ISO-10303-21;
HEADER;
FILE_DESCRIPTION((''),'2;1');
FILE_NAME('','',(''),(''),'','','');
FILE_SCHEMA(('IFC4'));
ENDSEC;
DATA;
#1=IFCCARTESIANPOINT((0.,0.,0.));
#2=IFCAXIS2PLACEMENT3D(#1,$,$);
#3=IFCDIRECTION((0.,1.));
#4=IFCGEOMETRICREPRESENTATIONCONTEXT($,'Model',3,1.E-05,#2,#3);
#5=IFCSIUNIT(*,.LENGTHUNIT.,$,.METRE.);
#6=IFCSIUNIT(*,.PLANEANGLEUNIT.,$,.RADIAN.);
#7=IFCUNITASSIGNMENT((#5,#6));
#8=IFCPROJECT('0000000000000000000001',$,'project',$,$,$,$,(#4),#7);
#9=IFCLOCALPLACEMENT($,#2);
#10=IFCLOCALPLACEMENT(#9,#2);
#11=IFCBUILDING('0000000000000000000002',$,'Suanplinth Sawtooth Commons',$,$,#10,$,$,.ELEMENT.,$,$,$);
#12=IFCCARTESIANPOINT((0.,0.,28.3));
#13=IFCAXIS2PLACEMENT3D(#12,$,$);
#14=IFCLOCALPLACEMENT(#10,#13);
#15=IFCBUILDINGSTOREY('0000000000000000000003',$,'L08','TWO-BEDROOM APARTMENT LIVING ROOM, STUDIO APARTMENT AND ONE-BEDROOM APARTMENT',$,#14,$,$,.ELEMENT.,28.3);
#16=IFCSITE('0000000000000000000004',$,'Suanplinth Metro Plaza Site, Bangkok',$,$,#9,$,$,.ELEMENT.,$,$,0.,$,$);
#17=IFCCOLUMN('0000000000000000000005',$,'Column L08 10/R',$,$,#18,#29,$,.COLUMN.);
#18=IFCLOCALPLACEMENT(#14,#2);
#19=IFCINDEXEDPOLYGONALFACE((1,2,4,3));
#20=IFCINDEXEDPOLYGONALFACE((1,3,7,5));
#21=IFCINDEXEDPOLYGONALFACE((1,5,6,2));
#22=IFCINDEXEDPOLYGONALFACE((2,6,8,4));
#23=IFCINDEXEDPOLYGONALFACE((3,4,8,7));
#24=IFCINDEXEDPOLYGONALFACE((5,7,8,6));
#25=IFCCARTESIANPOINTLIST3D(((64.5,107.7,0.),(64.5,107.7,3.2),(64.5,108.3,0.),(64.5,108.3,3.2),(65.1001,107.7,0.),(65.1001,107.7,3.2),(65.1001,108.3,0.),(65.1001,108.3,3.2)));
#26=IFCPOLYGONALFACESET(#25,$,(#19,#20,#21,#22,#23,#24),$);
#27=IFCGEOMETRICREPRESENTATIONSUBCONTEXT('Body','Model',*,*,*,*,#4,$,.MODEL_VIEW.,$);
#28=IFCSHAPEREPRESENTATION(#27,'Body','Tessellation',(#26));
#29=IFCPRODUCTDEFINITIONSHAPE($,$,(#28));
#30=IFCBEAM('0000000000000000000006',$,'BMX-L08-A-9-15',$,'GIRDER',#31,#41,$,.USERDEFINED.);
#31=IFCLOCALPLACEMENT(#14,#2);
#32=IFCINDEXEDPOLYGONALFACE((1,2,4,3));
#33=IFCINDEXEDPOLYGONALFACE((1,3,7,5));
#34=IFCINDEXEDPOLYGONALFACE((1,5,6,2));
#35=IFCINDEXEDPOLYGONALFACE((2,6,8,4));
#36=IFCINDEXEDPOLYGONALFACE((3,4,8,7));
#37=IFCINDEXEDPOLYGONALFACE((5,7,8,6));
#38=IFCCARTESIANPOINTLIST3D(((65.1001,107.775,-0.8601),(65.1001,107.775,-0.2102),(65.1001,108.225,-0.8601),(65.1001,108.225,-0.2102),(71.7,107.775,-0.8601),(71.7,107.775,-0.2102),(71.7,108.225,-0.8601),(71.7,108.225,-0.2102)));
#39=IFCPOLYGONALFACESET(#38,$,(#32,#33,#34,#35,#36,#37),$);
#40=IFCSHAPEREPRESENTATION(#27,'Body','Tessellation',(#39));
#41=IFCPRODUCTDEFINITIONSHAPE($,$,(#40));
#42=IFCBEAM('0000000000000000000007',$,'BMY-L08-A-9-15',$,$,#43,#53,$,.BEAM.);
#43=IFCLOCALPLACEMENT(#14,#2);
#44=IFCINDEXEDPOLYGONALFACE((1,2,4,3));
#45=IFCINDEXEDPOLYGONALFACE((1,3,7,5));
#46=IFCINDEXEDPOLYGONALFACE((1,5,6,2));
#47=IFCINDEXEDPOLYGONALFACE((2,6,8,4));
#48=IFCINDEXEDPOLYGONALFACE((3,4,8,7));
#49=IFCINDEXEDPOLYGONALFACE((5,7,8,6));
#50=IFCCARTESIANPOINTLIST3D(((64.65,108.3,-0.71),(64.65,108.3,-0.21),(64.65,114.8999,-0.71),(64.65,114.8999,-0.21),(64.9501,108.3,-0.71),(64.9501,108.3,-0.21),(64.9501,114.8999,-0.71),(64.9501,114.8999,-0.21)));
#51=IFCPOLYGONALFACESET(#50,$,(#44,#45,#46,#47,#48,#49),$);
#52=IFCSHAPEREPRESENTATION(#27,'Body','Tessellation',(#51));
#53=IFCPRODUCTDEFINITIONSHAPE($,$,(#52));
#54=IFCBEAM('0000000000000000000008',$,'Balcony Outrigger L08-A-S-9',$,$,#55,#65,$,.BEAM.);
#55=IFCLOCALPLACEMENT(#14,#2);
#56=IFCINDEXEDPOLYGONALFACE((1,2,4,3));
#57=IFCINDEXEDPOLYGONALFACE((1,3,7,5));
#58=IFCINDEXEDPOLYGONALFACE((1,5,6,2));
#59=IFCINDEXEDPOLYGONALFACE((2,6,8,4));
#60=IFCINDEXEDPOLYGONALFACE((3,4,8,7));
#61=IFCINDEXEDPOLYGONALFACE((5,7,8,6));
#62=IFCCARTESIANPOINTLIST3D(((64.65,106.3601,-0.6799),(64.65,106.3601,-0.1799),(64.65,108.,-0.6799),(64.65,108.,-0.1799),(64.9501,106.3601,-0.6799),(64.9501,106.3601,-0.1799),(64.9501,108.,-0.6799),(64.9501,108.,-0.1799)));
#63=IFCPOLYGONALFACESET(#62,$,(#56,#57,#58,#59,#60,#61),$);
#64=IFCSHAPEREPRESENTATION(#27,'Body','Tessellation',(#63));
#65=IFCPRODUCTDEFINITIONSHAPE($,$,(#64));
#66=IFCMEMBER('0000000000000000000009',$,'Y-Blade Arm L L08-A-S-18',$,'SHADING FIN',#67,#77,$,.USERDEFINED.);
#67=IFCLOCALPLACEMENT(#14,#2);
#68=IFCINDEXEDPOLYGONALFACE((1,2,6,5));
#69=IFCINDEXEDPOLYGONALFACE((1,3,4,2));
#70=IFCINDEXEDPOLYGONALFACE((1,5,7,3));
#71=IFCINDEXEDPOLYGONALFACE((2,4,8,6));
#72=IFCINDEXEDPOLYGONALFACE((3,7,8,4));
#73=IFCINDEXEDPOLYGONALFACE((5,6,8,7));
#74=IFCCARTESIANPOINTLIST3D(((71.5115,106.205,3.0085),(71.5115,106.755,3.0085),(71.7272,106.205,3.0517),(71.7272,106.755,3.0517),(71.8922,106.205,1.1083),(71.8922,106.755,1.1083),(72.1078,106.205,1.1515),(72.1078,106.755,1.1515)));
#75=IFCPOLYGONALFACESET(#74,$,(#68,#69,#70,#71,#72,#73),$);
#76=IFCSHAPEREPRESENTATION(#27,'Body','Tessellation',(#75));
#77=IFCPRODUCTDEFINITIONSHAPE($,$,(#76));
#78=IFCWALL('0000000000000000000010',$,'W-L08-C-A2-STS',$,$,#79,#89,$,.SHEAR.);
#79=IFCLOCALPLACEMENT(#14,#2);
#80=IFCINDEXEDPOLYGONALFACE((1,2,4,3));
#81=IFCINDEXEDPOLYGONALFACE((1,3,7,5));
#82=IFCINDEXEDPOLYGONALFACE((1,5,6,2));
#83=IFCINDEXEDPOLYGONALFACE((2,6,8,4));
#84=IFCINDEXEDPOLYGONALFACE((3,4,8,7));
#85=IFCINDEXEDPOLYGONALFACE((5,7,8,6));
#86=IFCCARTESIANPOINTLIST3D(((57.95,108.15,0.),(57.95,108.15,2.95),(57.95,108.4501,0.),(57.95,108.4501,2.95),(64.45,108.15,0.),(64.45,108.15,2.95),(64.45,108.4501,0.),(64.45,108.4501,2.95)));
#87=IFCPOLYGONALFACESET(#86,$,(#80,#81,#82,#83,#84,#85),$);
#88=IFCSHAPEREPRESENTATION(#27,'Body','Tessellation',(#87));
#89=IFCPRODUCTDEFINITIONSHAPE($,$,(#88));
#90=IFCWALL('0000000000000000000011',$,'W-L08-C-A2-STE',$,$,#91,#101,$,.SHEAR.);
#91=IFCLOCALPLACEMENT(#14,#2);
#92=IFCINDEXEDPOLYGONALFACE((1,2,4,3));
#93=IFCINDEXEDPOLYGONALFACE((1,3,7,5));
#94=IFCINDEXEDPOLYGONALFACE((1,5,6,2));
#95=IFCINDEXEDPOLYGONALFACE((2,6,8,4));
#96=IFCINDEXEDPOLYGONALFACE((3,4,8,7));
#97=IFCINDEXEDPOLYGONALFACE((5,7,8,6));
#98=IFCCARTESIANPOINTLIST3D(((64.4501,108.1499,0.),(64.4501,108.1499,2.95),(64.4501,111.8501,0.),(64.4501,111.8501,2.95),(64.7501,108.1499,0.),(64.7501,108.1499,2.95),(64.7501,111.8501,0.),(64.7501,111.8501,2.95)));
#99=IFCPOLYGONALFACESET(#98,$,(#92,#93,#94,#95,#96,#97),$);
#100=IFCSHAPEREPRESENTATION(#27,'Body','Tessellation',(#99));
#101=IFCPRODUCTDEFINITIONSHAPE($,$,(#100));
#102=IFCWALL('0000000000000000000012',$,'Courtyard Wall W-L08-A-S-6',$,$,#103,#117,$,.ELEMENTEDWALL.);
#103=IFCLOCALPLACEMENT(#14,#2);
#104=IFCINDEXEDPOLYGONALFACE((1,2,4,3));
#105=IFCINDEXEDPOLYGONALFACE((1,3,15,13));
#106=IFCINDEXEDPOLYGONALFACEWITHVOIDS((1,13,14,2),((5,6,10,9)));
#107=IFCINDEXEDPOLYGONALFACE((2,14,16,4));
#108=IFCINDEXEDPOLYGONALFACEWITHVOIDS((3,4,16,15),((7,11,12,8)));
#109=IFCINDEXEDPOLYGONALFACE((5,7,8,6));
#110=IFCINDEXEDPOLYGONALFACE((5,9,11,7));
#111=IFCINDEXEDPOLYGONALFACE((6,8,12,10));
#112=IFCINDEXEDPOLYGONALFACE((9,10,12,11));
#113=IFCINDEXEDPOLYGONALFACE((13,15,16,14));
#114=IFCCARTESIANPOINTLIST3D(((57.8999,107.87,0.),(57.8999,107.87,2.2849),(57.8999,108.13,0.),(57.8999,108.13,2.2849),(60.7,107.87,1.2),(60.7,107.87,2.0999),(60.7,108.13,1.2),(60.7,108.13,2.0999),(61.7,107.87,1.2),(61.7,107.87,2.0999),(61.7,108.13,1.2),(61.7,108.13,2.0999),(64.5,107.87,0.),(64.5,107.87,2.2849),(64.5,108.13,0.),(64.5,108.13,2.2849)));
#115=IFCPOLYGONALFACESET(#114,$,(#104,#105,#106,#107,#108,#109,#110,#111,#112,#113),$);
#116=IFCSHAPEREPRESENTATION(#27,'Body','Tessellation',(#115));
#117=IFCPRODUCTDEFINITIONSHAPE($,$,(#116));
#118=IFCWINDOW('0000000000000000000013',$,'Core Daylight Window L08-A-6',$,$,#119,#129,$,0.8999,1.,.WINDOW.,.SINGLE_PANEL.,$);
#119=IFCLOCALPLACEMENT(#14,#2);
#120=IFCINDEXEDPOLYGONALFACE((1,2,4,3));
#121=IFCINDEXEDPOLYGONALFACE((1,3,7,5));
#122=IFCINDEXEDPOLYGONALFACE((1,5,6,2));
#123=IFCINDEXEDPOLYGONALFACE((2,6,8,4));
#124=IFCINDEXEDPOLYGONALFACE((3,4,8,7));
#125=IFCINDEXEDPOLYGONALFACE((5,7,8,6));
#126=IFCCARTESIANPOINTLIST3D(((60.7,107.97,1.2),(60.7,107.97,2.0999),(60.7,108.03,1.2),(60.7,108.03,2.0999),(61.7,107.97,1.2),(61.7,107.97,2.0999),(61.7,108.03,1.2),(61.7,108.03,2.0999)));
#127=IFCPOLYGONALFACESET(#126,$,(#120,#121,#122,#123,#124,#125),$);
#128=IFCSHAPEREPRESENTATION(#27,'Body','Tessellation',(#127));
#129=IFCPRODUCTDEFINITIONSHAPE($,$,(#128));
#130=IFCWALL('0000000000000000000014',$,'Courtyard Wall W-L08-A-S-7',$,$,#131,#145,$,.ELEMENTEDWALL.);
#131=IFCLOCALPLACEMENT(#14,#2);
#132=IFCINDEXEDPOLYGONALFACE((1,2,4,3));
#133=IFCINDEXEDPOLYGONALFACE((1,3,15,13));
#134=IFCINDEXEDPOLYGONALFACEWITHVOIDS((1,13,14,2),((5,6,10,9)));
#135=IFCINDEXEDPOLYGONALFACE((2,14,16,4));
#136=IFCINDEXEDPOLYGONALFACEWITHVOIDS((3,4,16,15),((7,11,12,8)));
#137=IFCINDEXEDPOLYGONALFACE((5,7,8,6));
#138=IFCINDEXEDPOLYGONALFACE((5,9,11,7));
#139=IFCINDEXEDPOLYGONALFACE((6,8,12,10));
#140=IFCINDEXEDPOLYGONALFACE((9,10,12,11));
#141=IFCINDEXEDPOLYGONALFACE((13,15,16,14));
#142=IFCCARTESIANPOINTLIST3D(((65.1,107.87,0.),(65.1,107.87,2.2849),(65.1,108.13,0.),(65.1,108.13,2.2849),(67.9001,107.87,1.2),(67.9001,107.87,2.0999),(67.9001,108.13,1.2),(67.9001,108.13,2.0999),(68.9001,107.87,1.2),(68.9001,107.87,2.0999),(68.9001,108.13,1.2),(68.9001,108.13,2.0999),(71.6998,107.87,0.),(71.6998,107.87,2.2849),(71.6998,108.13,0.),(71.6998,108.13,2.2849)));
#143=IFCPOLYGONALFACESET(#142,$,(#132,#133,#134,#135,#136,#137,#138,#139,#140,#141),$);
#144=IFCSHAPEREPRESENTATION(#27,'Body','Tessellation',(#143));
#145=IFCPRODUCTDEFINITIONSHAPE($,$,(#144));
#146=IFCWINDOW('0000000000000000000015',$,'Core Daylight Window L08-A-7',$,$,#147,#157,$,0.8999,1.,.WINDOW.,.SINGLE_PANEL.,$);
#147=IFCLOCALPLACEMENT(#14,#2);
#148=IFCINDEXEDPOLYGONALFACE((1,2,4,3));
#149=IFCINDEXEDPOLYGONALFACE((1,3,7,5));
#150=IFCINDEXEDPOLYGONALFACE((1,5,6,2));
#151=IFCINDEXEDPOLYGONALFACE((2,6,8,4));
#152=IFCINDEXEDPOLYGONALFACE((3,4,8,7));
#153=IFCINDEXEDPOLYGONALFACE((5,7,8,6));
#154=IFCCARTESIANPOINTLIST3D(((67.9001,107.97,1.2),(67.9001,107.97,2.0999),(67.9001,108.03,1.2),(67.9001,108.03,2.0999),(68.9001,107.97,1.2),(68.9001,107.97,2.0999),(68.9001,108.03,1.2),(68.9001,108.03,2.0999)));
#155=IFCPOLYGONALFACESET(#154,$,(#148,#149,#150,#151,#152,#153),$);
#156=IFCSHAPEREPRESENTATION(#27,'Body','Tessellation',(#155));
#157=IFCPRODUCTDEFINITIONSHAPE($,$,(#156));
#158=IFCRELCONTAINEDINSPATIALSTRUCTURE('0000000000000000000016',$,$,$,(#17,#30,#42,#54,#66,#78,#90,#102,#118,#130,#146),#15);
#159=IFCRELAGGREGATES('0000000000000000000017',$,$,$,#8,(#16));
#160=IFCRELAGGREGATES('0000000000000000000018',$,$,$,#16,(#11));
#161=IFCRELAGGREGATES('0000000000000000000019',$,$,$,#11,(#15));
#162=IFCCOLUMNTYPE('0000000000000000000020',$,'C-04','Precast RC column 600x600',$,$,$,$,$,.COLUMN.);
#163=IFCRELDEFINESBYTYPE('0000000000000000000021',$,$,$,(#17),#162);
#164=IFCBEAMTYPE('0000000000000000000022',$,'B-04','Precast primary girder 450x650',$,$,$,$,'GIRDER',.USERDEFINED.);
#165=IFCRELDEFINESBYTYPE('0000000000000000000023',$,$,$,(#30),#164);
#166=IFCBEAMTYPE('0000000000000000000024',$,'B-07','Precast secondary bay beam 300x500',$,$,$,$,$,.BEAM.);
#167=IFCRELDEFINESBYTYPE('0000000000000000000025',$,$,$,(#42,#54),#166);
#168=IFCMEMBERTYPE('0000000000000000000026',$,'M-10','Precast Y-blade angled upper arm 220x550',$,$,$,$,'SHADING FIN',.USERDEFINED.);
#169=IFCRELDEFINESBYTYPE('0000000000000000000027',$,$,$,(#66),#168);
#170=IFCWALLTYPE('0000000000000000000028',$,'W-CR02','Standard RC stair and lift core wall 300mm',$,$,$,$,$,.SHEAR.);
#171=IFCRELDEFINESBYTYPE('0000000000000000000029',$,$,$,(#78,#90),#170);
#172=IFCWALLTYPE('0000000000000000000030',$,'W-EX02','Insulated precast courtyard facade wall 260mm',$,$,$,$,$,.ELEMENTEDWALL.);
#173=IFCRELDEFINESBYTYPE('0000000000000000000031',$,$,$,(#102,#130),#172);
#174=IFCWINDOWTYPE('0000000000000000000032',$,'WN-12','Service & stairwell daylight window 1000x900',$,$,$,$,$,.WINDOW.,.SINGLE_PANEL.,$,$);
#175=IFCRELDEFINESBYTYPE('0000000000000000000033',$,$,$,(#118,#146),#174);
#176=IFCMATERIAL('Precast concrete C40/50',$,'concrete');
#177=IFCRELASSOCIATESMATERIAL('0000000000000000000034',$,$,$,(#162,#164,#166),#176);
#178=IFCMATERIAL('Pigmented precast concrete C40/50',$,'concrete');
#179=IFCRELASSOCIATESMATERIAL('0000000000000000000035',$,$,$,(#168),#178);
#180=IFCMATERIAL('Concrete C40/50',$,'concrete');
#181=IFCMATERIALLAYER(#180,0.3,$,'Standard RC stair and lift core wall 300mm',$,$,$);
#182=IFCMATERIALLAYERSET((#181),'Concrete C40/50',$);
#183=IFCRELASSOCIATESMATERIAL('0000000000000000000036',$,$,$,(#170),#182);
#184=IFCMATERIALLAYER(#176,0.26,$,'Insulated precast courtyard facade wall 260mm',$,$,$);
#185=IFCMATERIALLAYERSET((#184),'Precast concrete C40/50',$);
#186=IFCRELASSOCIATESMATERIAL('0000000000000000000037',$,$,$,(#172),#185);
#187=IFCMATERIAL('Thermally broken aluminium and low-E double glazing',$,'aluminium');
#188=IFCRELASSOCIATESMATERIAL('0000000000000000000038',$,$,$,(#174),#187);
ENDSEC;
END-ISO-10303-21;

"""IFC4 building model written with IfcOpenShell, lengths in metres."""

from ifc_helpers import new_model, si_unit, direction, frame, frame_2d, origin, origin_2d, place, context, subcontext, project, spatial, rectangle, extrude, material, layer, layer_set, material_profile, profile_set, type_object, element, fill, save


model = new_model("IFC4")

# Units and contexts
model_context = context("Model", 3, precision=1e-05, world=origin(), true_north=direction((0.0, 1.0)))
body_context = subcontext(model_context, "Body", "Model", "MODEL_VIEW")
ifc_project = project(units=[si_unit("LENGTHUNIT", "METRE"), si_unit("PLANEANGLEUNIT", "RADIAN")], contexts=[model_context])

# Site, building, storey
site_placement = place(None, origin())
site = spatial("IfcSite", under=ifc_project, at=site_placement, Name="Suanplinth Metro Plaza Site, Bangkok", CompositionType="ELEMENT", RefElevation=0.0)
building_placement = place(site_placement, origin())
building = spatial("IfcBuilding", under=site, at=building_placement, Name="Suanplinth Sawtooth Commons", CompositionType="ELEMENT")
storey_placement = place(building_placement, frame((0.0, 0.0, 28.3)))
storey = spatial("IfcBuildingStorey", under=building, at=storey_placement, Name="L08", Description="TWO-BEDROOM APARTMENT LIVING ROOM, STUDIO APARTMENT AND ONE-BEDROOM APARTMENT", CompositionType="ELEMENT", Elevation=28.3)

# Column
ifc_material_1 = material(Name="Precast concrete C40/50", Category="concrete")
ifc_material_profile_1 = material_profile(ifc_material_1, rectangle(XDim=0.6001, YDim=0.6001, at=origin_2d()), Name="PC-COL 600x600")
ifc_profile_set_1 = profile_set([ifc_material_profile_1], Name="Precast concrete C40/50")
column_type = type_object("IfcColumnType", Name="C-04", Description="Precast RC column 600x600", PredefinedType="COLUMN", material=ifc_profile_set_1)
column_placement = place(storey_placement, frame((64.8, 108.0, 0.0), z_axis=(0.0, 0.0, 1.0), x_axis=(1.0, 0.0, 0.0)))
element("IfcColumn", 1, at=column_placement, inside=storey, type_object=column_type, Name="Column L08 10/R", PredefinedType="COLUMN", context=body_context, shape_type="SweptSolid", body=[
    extrude(rectangle(XDim=0.6001, YDim=0.6001, at=origin_2d()), origin(), (0.0, 0.0, 1.0), 3.2),
])

# Beams
ifc_material_profile_2 = material_profile(ifc_material_1, rectangle(XDim=0.45, YDim=0.6499, at=origin_2d()), Name="PC-GDR 450x650")
ifc_profile_set_2 = profile_set([ifc_material_profile_2], Name="Precast concrete C40/50")
beam_type_1 = type_object("IfcBeamType", Name="B-04", Description="Precast primary girder 450x650", ElementType="GIRDER", PredefinedType="USERDEFINED", material=ifc_profile_set_2)
beam_1_placement = place(storey_placement, frame((65.1001, 108.0, -0.5352), z_axis=(1.0, 0.0, 0.0), x_axis=(0.0, 1.0, 0.0)))
element("IfcBeam", 2, at=beam_1_placement, inside=storey, type_object=beam_type_1, Name="BMX-L08-A-9-15", ObjectType="GIRDER", PredefinedType="USERDEFINED", context=body_context, shape_type="SweptSolid", body=[
    extrude(rectangle(XDim=0.45, YDim=0.6499, at=origin_2d()), origin(), (0.0, 0.0, 1.0), 6.5999),
])
ifc_material_profile_3 = material_profile(ifc_material_1, rectangle(XDim=0.3, YDim=0.5, at=origin_2d()), Name="PC-BM 300x500")
ifc_profile_set_3 = profile_set([ifc_material_profile_3], Name="Precast concrete C40/50")
beam_type_2 = type_object("IfcBeamType", Name="B-07", Description="Precast secondary bay beam 300x500", PredefinedType="BEAM", material=ifc_profile_set_3)
beam_2_placement = place(storey_placement, frame((64.8, 108.3, -0.46), z_axis=(0.0, 1.0, 0.0), x_axis=(-1.0, 0.0, 0.0)))
element("IfcBeam", 3, at=beam_2_placement, inside=storey, type_object=beam_type_2, Name="BMY-L08-A-9-15", PredefinedType="BEAM", context=body_context, shape_type="SweptSolid", body=[
    extrude(rectangle(XDim=0.3, YDim=0.5, at=origin_2d()), origin(), (0.0, 0.0, 1.0), 6.5999),
])
beam_3_placement = place(storey_placement, frame((64.8, 108.0, -0.4299), z_axis=(0.0, -1.0, 0.0), x_axis=(1.0, 0.0, 0.0)))
element("IfcBeam", 4, at=beam_3_placement, inside=storey, type_object=beam_type_2, Name="Balcony Outrigger L08-A-S-9", PredefinedType="BEAM", context=body_context, shape_type="SweptSolid", body=[
    extrude(rectangle(XDim=0.3, YDim=0.5, at=origin_2d()), origin(), (0.0, 0.0, 1.0), 1.6399),
])

# Member
ifc_material_2 = material(Name="Pigmented precast concrete C40/50", Category="concrete")
ifc_material_profile_4 = material_profile(ifc_material_2, rectangle(XDim=0.22, YDim=0.55, at=origin_2d()), Name="PC-FIN 220x550")
ifc_profile_set_4 = profile_set([ifc_material_profile_4], Name="Pigmented precast concrete C40/50")
member_type = type_object("IfcMemberType", Name="M-10", Description="Precast Y-blade angled upper arm 220x550", ElementType="SHADING FIN", PredefinedType="USERDEFINED", material=ifc_profile_set_4)
member_placement = place(storey_placement, frame((72.0, 106.48, 1.1299), z_axis=(-0.196407, 0.0, 0.980522), x_axis=(0.980522, 0.0, 0.196407)))
element("IfcMember", 5, at=member_placement, inside=storey, type_object=member_type, Name="Y-Blade Arm L L08-A-S-18", ObjectType="SHADING FIN", PredefinedType="USERDEFINED", context=body_context, shape_type="SweptSolid", body=[
    extrude(rectangle(XDim=0.22, YDim=0.55, at=origin_2d()), origin(), (0.0, 0.0, 1.0), 1.938),
])

# Walls
ifc_material_3 = material(Name="Concrete C40/50", Category="concrete")
ifc_layer_1 = layer(ifc_material_3, 0.3, Name="Standard RC stair and lift core wall 300mm")
ifc_layer_set_1 = layer_set([ifc_layer_1], Name="Concrete C40/50")
wall_type_1 = type_object("IfcWallType", Name="W-CR02", Description="Standard RC stair and lift core wall 300mm", PredefinedType="SHEAR", material=ifc_layer_set_1)
wall_1_placement = place(storey_placement, frame((57.95, 108.3, 0.0), z_axis=(0.0, 0.0, 1.0), x_axis=(1.0, 0.0, 0.0)))
element("IfcWall", 6, at=wall_1_placement, inside=storey, type_object=wall_type_1, Name="W-L08-C-A2-STS", PredefinedType="SHEAR", context=body_context, shape_type="SweptSolid", body=[
    extrude(rectangle(XDim=6.5, YDim=0.3, at=frame_2d((3.25, 0.0))), origin(), (0.0, 0.0, 1.0), 2.95),
])
wall_2_placement = place(storey_placement, frame((64.6001, 108.1499, 0.0), z_axis=(0.0, 0.0, 1.0), x_axis=(0.0, 1.0, 0.0)))
element("IfcWall", 7, at=wall_2_placement, inside=storey, type_object=wall_type_1, Name="W-L08-C-A2-STE", PredefinedType="SHEAR", context=body_context, shape_type="SweptSolid", body=[
    extrude(rectangle(XDim=3.7002, YDim=0.3, at=frame_2d((1.8501, 0.0))), origin(), (0.0, 0.0, 1.0), 2.95),
])

# Walls, openings, windows
ifc_layer_2 = layer(ifc_material_1, 0.26, Name="Insulated precast courtyard facade wall 260mm")
ifc_layer_set_2 = layer_set([ifc_layer_2], Name="Precast concrete C40/50")
wall_type_2 = type_object("IfcWallType", Name="W-EX02", Description="Insulated precast courtyard facade wall 260mm", PredefinedType="ELEMENTEDWALL", material=ifc_layer_set_2)
wall_3_placement = place(storey_placement, frame((57.8999, 108.0, 0.0), z_axis=(0.0, 0.0, 1.0), x_axis=(1.0, 0.0, 0.0)))
wall_3 = element("IfcWall", 8, at=wall_3_placement, inside=storey, type_object=wall_type_2, Name="Courtyard Wall W-L08-A-S-6", PredefinedType="ELEMENTEDWALL", context=body_context, shape_type="SweptSolid", body=[
    extrude(rectangle(XDim=6.6001, YDim=0.26, at=frame_2d((3.3, 0.0))), origin(), (0.0, 0.0, 1.0), 2.2849),
])
opening_1_placement = place(wall_3_placement, frame((2.8, 0.0, 1.2)))
opening_1 = element("IfcOpeningElement", 9, at=opening_1_placement, cuts=wall_3, PredefinedType="OPENING", context=body_context, shape_type="SweptSolid", body=[
    extrude(rectangle(XDim=1.0, YDim=0.8999, at=frame_2d((0.5, 0.45))), frame((0.0, 0.145, 0.0), z_axis=(0.0, -1.0, 0.0), x_axis=(1.0, 0.0, 0.0)), (0.0, 0.0, 1.0), 0.2898),
])
ifc_material_4 = material(Name="Thermally broken aluminium and low-E double glazing", Category="aluminium")
window_type = type_object("IfcWindowType", Name="WN-12", Description="Service & stairwell daylight window 1000x900", PartitioningType="SINGLE_PANEL", PredefinedType="WINDOW", material=ifc_material_4)
window_1_placement = place(opening_1_placement, origin())
window_1 = element("IfcWindow", 10, at=window_1_placement, inside=storey, type_object=window_type, Name="Core Daylight Window L08-A-6", OverallHeight=0.8999, OverallWidth=1.0, PartitioningType="SINGLE_PANEL", PredefinedType="WINDOW", context=body_context, shape_type="SweptSolid", body=[
    extrude(rectangle(XDim=1.0, YDim=0.8999, at=frame_2d((0.5, 0.45))), frame((0.0, 0.03, 0.0), z_axis=(0.0, -1.0, 0.0), x_axis=(1.0, 0.0, 0.0)), (0.0, 0.0, 1.0), 0.0601),
])
fill(opening_1, window_1)
wall_4_placement = place(storey_placement, frame((65.1001, 108.0, 0.0), z_axis=(0.0, 0.0, 1.0), x_axis=(1.0, 0.0, 0.0)))
wall_4 = element("IfcWall", 11, at=wall_4_placement, inside=storey, type_object=wall_type_2, Name="Courtyard Wall W-L08-A-S-7", PredefinedType="ELEMENTEDWALL", context=body_context, shape_type="SweptSolid", body=[
    extrude(rectangle(XDim=6.5999, YDim=0.26, at=frame_2d((3.2998, 0.0))), origin(), (0.0, 0.0, 1.0), 2.2849),
])
opening_2_placement = place(wall_4_placement, frame((2.8, 0.0, 1.2)))
opening_2 = element("IfcOpeningElement", 12, at=opening_2_placement, cuts=wall_4, PredefinedType="OPENING", context=body_context, shape_type="SweptSolid", body=[
    extrude(rectangle(XDim=1.0, YDim=0.8999, at=frame_2d((0.5, 0.45))), frame((0.0, 0.145, 0.0), z_axis=(0.0, -1.0, 0.0), x_axis=(1.0, 0.0, 0.0)), (0.0, 0.0, 1.0), 0.2898),
])
window_2_placement = place(opening_2_placement, origin())
window_2 = element("IfcWindow", 13, at=window_2_placement, inside=storey, type_object=window_type, Name="Core Daylight Window L08-A-7", OverallHeight=0.8999, OverallWidth=1.0, PartitioningType="SINGLE_PANEL", PredefinedType="WINDOW", context=body_context, shape_type="SweptSolid", body=[
    extrude(rectangle(XDim=1.0, YDim=0.8999, at=frame_2d((0.5, 0.45))), frame((0.0, 0.03, 0.0), z_axis=(0.0, -1.0, 0.0), x_axis=(1.0, 0.0, 0.0)), (0.0, 0.0, 1.0), 0.0601),
])
fill(opening_2, window_2)

save(model, "model.ifc")
